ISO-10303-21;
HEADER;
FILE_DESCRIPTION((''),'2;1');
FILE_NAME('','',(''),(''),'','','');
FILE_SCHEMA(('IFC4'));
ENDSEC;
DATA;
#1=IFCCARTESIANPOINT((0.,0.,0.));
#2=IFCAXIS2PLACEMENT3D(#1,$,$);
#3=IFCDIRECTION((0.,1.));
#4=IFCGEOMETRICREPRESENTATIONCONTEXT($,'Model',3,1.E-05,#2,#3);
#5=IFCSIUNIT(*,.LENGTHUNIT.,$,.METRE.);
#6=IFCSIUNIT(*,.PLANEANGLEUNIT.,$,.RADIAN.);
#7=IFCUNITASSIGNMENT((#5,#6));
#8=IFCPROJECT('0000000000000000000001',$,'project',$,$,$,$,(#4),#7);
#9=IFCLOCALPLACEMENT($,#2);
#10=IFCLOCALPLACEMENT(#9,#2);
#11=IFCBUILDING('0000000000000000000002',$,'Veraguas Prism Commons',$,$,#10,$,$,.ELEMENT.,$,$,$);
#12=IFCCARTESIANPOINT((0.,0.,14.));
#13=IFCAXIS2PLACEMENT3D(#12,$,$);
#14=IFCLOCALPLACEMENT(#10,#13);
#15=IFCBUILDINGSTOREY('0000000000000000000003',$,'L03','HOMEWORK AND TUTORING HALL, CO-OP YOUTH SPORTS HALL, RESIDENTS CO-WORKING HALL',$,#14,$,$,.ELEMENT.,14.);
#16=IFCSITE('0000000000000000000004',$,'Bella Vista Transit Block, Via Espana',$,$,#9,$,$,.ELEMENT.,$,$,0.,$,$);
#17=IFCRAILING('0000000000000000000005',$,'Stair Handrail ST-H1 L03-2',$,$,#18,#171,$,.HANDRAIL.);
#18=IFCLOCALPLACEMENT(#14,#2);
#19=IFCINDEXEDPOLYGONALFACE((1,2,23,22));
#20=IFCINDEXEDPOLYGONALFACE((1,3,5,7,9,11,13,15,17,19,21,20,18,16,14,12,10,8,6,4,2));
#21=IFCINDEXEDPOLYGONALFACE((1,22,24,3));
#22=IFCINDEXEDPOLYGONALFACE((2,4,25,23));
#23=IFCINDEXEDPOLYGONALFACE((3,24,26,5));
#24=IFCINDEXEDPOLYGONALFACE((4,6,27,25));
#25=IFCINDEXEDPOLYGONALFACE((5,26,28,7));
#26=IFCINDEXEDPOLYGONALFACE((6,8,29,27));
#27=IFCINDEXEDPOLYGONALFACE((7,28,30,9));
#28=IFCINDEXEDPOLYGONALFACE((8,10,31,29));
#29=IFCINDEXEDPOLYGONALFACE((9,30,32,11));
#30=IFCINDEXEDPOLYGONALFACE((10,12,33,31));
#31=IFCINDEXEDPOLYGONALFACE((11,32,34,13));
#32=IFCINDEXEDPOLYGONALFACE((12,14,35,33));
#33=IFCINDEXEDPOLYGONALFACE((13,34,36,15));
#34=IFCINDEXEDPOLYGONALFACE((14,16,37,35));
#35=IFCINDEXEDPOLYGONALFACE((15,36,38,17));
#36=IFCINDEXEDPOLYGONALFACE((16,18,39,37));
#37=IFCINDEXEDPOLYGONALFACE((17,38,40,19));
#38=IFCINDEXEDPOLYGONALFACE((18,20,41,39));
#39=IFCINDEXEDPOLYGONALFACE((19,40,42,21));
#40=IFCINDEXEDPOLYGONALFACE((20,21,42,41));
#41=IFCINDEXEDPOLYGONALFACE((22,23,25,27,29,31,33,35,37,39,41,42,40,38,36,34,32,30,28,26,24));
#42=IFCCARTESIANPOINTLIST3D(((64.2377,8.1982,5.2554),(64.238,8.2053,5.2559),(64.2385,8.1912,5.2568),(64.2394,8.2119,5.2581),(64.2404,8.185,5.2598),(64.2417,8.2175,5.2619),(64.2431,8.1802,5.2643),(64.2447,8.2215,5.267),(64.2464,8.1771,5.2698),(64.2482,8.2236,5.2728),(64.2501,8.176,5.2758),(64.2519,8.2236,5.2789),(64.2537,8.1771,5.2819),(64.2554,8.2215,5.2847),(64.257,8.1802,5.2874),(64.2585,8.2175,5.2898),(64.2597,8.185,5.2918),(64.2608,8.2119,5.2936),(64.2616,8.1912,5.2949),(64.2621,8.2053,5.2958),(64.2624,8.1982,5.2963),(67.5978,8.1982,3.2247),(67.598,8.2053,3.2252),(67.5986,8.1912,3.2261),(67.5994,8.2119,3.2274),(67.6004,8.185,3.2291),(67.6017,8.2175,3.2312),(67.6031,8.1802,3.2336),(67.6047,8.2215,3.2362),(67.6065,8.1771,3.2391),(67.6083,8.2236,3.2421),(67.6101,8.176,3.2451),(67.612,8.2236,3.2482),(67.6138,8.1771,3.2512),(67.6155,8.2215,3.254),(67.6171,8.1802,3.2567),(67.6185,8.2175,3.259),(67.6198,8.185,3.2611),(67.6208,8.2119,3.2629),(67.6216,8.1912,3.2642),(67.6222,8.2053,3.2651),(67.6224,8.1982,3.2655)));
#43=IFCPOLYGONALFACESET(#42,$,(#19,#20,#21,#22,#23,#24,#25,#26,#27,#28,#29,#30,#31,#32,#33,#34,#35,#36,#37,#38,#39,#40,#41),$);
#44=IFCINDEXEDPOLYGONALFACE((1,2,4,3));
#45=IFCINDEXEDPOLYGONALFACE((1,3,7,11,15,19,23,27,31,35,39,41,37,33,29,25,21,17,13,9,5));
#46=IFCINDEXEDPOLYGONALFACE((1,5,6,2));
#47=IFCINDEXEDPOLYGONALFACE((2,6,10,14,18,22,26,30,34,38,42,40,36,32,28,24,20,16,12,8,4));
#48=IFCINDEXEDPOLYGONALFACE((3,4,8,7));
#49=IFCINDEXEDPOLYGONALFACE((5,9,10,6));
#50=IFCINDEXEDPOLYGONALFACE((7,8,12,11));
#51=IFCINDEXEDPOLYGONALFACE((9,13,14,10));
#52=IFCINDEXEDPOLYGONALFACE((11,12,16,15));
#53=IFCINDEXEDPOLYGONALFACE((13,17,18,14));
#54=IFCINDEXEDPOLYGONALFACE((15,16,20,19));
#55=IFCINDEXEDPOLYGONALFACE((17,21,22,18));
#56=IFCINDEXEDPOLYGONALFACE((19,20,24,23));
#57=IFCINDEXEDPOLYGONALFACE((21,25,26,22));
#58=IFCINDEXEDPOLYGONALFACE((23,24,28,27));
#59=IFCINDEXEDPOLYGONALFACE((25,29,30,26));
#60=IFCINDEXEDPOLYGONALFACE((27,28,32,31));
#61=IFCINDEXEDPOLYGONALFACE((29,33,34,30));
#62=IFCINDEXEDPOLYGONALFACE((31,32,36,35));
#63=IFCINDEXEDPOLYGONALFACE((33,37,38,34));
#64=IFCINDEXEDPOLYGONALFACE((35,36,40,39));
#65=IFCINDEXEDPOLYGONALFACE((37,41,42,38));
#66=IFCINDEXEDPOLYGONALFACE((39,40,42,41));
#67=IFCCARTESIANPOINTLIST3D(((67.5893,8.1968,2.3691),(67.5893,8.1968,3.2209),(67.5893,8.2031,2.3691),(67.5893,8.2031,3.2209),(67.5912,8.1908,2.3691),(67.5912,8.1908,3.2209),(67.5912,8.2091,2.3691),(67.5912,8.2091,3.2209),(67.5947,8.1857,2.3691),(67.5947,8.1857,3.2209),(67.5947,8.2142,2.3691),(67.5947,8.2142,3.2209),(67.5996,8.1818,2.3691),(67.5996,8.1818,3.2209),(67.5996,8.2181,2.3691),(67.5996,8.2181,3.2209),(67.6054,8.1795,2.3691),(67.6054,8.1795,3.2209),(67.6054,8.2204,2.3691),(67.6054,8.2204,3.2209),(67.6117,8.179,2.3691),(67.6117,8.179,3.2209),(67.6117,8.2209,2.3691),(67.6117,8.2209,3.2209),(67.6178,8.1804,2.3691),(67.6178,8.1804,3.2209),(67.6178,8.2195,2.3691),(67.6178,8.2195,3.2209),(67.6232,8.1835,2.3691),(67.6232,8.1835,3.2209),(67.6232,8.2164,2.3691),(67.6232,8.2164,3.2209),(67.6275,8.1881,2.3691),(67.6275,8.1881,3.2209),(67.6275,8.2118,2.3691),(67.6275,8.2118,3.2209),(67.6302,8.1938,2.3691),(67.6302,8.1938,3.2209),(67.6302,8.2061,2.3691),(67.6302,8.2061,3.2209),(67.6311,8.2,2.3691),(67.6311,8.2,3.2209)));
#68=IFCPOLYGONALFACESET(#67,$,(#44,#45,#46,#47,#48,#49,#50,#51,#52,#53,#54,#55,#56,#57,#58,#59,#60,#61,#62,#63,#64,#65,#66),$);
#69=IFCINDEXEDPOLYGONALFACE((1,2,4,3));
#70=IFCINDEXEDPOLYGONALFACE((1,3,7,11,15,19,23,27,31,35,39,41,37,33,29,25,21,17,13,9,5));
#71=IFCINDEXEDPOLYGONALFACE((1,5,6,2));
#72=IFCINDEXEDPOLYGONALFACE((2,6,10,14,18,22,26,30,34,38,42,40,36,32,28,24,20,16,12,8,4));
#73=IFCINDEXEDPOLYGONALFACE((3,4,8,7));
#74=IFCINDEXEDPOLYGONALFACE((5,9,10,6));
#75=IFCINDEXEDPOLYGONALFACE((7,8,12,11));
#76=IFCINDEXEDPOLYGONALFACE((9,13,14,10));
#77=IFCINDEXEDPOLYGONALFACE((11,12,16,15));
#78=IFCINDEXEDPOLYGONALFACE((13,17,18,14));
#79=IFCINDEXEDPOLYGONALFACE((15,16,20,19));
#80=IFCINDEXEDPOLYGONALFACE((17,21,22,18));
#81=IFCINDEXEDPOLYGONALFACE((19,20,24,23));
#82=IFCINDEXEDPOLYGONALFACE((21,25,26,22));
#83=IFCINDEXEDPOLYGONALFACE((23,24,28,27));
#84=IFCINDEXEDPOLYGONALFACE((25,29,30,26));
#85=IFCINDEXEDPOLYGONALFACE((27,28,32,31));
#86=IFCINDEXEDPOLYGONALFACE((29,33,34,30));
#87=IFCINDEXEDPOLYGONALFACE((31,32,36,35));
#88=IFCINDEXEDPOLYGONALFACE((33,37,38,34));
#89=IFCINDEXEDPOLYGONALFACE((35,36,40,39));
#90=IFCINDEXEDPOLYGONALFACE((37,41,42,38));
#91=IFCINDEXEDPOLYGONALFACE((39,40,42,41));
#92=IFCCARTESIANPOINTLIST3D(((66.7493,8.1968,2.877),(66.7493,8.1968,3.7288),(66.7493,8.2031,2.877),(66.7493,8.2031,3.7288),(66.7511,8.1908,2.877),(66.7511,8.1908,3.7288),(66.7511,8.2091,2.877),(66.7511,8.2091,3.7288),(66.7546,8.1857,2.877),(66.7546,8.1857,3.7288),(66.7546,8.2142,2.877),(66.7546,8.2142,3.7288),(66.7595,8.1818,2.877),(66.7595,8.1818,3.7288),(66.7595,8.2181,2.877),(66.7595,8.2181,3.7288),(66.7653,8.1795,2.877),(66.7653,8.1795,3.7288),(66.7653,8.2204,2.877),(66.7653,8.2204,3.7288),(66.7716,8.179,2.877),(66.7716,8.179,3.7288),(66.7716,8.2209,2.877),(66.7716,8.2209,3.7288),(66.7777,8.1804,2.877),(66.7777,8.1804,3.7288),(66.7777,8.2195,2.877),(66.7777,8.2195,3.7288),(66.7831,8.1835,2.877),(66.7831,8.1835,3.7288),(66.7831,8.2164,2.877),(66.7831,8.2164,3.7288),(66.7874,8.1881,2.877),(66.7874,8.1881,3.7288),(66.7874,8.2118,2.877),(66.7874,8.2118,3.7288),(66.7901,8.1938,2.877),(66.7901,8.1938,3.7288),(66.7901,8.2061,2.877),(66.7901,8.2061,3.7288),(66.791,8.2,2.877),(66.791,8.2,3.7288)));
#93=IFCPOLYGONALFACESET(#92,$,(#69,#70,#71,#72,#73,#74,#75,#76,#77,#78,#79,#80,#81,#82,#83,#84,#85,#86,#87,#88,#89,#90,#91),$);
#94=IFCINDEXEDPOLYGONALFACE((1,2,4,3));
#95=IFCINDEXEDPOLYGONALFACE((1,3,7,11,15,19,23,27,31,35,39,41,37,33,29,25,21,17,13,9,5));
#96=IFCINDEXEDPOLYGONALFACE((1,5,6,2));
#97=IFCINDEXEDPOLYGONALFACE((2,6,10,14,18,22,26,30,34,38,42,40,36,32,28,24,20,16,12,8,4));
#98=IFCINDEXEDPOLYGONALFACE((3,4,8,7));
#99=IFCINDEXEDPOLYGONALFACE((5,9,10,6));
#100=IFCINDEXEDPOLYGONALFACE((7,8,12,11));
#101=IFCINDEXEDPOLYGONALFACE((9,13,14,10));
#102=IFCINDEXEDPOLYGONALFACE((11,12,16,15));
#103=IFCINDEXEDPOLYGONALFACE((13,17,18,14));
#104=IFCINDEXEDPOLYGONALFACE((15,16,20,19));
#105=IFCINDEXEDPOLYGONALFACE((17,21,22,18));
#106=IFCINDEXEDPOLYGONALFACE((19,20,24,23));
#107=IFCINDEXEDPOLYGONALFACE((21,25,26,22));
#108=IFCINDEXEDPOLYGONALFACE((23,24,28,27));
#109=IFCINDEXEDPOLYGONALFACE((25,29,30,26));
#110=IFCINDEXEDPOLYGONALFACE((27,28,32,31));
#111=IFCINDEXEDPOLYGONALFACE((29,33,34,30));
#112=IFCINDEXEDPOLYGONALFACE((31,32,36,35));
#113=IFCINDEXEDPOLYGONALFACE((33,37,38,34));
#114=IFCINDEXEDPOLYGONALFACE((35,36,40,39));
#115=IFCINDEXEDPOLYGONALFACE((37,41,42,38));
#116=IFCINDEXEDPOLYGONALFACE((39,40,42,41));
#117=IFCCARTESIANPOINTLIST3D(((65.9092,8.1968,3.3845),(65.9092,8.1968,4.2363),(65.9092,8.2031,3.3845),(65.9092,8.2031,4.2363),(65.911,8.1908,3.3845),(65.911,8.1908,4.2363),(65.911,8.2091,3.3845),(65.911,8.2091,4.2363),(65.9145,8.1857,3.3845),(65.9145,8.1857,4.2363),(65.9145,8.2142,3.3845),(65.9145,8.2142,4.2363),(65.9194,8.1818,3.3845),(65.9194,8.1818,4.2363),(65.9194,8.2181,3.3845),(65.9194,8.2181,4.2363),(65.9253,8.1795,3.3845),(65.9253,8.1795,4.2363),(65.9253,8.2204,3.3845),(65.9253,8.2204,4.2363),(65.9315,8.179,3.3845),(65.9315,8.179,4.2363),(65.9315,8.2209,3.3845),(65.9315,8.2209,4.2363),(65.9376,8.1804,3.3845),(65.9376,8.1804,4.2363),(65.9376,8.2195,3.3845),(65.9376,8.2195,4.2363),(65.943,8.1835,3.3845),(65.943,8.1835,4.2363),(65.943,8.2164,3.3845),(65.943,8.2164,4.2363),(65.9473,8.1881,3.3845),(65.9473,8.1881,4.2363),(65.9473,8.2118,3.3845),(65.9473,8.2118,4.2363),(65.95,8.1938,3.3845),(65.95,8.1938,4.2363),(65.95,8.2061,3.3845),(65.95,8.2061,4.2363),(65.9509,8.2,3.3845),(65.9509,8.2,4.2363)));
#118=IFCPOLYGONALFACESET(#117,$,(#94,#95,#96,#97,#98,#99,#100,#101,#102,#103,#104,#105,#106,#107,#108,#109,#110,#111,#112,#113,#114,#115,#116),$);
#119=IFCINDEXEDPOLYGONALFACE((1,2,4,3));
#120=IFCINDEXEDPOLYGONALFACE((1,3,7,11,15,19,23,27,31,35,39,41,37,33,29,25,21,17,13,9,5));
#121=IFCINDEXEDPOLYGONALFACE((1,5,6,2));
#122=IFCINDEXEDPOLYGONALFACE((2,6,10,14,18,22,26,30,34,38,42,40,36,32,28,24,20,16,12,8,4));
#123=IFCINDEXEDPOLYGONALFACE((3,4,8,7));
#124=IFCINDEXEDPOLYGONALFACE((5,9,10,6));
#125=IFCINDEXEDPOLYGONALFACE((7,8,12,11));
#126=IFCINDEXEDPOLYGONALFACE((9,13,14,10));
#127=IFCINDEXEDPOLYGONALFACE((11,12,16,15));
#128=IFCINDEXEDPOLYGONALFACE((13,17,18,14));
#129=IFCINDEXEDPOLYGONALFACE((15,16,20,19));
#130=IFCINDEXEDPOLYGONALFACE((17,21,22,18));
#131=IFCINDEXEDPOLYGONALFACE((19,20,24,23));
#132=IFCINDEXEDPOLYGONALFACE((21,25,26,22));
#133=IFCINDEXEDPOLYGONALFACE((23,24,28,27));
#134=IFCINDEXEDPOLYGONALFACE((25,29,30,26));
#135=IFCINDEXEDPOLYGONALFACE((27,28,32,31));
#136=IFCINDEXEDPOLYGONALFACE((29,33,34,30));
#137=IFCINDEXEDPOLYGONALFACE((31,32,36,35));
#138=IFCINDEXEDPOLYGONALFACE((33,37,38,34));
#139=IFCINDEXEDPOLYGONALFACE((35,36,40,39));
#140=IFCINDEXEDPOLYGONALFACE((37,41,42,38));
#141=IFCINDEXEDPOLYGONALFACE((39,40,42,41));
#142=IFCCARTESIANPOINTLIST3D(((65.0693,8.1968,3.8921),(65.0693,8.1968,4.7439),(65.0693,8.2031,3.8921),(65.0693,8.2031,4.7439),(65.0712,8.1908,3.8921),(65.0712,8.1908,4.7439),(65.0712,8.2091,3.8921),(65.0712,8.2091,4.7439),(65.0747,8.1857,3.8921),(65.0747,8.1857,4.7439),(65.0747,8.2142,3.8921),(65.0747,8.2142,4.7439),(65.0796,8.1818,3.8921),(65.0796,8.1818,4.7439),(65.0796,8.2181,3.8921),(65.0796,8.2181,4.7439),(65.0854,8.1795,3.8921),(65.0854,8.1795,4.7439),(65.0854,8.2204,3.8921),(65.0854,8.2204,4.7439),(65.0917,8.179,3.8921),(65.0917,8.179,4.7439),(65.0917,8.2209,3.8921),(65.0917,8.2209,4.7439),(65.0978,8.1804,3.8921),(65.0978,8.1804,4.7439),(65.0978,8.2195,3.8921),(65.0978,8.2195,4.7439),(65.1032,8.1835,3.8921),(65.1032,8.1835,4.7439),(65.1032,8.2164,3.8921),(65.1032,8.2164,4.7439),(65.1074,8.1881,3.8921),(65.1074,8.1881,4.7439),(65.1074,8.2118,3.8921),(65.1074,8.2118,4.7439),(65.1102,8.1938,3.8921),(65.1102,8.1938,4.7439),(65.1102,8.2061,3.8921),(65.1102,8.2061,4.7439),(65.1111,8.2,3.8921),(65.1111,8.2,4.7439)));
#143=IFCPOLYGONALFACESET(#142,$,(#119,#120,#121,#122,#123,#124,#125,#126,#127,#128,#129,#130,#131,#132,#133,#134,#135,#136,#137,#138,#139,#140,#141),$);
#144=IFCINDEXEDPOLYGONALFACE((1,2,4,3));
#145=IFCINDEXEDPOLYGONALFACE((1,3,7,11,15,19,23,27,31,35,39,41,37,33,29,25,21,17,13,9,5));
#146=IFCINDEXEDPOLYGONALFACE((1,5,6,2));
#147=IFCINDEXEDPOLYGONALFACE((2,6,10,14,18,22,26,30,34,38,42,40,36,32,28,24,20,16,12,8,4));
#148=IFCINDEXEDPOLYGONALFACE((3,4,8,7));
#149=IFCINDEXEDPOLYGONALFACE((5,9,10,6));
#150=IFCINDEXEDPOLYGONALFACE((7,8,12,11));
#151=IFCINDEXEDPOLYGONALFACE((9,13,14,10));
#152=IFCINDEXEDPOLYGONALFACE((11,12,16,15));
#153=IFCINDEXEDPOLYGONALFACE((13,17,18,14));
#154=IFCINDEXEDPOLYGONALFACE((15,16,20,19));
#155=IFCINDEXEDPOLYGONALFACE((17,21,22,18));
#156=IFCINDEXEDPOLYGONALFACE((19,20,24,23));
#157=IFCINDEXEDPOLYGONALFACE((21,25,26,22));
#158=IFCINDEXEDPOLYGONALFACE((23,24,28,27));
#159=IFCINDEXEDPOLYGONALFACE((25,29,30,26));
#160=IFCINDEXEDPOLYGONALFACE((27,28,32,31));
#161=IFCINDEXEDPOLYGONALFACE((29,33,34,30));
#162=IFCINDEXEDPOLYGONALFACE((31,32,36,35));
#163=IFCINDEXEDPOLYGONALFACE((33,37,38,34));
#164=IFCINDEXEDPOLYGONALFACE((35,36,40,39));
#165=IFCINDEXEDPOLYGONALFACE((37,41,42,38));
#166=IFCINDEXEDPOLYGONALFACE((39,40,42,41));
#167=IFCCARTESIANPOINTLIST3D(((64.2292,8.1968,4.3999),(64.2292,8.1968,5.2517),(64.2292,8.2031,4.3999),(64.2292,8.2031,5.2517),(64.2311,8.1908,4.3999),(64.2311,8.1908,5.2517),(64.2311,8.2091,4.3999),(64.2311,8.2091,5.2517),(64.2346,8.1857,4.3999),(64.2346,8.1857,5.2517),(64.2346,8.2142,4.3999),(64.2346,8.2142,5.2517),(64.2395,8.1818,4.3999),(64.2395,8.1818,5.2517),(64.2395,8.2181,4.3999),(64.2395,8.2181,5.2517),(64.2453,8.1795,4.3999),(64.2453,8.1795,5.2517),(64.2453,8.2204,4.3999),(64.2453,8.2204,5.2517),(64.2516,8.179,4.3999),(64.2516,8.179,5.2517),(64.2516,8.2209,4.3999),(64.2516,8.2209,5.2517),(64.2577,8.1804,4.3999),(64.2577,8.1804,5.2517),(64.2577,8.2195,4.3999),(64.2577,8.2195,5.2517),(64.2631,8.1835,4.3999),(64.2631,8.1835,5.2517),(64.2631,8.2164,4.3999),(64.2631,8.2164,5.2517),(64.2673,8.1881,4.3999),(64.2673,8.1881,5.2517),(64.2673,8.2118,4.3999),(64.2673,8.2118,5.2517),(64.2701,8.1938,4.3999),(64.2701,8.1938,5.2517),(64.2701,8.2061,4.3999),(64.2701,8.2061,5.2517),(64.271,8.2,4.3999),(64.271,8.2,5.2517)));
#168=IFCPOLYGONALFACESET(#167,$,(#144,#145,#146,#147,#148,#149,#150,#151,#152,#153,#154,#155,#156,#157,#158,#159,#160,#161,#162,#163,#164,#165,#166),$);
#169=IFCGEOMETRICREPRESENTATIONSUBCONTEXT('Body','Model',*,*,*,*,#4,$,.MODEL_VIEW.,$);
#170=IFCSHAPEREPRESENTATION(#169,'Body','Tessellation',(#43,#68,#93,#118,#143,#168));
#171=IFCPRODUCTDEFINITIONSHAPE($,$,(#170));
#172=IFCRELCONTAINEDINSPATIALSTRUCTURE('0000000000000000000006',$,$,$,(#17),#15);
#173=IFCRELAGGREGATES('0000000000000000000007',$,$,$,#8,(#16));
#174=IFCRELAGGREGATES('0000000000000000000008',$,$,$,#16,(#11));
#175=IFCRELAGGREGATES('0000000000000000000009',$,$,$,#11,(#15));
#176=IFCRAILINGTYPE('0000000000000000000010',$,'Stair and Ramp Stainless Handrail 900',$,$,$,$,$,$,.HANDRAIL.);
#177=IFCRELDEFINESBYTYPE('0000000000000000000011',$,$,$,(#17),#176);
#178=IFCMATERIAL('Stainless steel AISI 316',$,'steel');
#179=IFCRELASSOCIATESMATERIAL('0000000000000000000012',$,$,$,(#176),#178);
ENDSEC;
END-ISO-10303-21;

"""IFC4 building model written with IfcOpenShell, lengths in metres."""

from ifc_helpers import new_model, si_unit, direction, frame, origin, origin_2d, place, context, subcontext, project, spatial, circle, extrude, material, type_object, element, save


model = new_model("IFC4")

# Units and contexts
model_context = context("Model", 3, precision=1e-05, world=origin(), true_north=direction((0.0, 1.0)))
body_context = subcontext(model_context, "Body", "Model", "MODEL_VIEW")
ifc_project = project(units=[si_unit("LENGTHUNIT", "METRE"), si_unit("PLANEANGLEUNIT", "RADIAN")], contexts=[model_context])

# Site, building, storey
site_placement = place(None, origin())
site = spatial("IfcSite", under=ifc_project, at=site_placement, Name="Bella Vista Transit Block, Via Espana", CompositionType="ELEMENT", RefElevation=0.0)
building_placement = place(site_placement, origin())
building = spatial("IfcBuilding", under=site, at=building_placement, Name="Veraguas Prism Commons", CompositionType="ELEMENT")
storey_placement = place(building_placement, frame((0.0, 0.0, 14.0)))
storey = spatial("IfcBuildingStorey", under=building, at=storey_placement, Name="L03", Description="HOMEWORK AND TUTORING HALL, CO-OP YOUTH SPORTS HALL, RESIDENTS CO-WORKING HALL", CompositionType="ELEMENT", Elevation=14.0)

# Railing
ifc_material_1 = material(Name="Stainless steel AISI 316", Category="steel")
railing_type_1 = type_object("IfcRailingType", Name="Stair and Ramp Stainless Handrail 900", PredefinedType="HANDRAIL", material=ifc_material_1)
railing_1_placement = place(storey_placement, frame((67.6101, 8.2, 2.3691)))
element("IfcRailing", 1, at=railing_1_placement, inside=storey, type_object=railing_type_1, Name="Stair Handrail ST-H1 L03-2", PredefinedType="HANDRAIL", context=body_context, shape_type="SweptSolid", body=[
    extrude(circle(Radius=0.0239, at=origin_2d()), frame((0.0, 0.0, 0.876), z_axis=(-0.855837, 0.0, 0.517246), x_axis=(0.0, -1.0, 0.0)), (0.0, 0.0, 1.0), 3.926),
    extrude(circle(Radius=0.021, at=origin_2d()), origin(), (0.0, 0.0, 1.0), 0.8518),
    extrude(circle(Radius=0.021, at=origin_2d()), frame((-0.8401, 0.0, 0.5078)), (0.0, 0.0, 1.0), 0.8518),
    extrude(circle(Radius=0.021, at=origin_2d()), frame((-1.6802, 0.0, 1.0154)), (0.0, 0.0, 1.0), 0.8518),
    extrude(circle(Radius=0.021, at=origin_2d()), frame((-2.52, 0.0, 1.5229)), (0.0, 0.0, 1.0), 0.8518),
    extrude(circle(Radius=0.021, at=origin_2d()), frame((-3.3601, 0.0, 2.0308)), (0.0, 0.0, 1.0), 0.8518),
])

save(model, "model.ifc")
